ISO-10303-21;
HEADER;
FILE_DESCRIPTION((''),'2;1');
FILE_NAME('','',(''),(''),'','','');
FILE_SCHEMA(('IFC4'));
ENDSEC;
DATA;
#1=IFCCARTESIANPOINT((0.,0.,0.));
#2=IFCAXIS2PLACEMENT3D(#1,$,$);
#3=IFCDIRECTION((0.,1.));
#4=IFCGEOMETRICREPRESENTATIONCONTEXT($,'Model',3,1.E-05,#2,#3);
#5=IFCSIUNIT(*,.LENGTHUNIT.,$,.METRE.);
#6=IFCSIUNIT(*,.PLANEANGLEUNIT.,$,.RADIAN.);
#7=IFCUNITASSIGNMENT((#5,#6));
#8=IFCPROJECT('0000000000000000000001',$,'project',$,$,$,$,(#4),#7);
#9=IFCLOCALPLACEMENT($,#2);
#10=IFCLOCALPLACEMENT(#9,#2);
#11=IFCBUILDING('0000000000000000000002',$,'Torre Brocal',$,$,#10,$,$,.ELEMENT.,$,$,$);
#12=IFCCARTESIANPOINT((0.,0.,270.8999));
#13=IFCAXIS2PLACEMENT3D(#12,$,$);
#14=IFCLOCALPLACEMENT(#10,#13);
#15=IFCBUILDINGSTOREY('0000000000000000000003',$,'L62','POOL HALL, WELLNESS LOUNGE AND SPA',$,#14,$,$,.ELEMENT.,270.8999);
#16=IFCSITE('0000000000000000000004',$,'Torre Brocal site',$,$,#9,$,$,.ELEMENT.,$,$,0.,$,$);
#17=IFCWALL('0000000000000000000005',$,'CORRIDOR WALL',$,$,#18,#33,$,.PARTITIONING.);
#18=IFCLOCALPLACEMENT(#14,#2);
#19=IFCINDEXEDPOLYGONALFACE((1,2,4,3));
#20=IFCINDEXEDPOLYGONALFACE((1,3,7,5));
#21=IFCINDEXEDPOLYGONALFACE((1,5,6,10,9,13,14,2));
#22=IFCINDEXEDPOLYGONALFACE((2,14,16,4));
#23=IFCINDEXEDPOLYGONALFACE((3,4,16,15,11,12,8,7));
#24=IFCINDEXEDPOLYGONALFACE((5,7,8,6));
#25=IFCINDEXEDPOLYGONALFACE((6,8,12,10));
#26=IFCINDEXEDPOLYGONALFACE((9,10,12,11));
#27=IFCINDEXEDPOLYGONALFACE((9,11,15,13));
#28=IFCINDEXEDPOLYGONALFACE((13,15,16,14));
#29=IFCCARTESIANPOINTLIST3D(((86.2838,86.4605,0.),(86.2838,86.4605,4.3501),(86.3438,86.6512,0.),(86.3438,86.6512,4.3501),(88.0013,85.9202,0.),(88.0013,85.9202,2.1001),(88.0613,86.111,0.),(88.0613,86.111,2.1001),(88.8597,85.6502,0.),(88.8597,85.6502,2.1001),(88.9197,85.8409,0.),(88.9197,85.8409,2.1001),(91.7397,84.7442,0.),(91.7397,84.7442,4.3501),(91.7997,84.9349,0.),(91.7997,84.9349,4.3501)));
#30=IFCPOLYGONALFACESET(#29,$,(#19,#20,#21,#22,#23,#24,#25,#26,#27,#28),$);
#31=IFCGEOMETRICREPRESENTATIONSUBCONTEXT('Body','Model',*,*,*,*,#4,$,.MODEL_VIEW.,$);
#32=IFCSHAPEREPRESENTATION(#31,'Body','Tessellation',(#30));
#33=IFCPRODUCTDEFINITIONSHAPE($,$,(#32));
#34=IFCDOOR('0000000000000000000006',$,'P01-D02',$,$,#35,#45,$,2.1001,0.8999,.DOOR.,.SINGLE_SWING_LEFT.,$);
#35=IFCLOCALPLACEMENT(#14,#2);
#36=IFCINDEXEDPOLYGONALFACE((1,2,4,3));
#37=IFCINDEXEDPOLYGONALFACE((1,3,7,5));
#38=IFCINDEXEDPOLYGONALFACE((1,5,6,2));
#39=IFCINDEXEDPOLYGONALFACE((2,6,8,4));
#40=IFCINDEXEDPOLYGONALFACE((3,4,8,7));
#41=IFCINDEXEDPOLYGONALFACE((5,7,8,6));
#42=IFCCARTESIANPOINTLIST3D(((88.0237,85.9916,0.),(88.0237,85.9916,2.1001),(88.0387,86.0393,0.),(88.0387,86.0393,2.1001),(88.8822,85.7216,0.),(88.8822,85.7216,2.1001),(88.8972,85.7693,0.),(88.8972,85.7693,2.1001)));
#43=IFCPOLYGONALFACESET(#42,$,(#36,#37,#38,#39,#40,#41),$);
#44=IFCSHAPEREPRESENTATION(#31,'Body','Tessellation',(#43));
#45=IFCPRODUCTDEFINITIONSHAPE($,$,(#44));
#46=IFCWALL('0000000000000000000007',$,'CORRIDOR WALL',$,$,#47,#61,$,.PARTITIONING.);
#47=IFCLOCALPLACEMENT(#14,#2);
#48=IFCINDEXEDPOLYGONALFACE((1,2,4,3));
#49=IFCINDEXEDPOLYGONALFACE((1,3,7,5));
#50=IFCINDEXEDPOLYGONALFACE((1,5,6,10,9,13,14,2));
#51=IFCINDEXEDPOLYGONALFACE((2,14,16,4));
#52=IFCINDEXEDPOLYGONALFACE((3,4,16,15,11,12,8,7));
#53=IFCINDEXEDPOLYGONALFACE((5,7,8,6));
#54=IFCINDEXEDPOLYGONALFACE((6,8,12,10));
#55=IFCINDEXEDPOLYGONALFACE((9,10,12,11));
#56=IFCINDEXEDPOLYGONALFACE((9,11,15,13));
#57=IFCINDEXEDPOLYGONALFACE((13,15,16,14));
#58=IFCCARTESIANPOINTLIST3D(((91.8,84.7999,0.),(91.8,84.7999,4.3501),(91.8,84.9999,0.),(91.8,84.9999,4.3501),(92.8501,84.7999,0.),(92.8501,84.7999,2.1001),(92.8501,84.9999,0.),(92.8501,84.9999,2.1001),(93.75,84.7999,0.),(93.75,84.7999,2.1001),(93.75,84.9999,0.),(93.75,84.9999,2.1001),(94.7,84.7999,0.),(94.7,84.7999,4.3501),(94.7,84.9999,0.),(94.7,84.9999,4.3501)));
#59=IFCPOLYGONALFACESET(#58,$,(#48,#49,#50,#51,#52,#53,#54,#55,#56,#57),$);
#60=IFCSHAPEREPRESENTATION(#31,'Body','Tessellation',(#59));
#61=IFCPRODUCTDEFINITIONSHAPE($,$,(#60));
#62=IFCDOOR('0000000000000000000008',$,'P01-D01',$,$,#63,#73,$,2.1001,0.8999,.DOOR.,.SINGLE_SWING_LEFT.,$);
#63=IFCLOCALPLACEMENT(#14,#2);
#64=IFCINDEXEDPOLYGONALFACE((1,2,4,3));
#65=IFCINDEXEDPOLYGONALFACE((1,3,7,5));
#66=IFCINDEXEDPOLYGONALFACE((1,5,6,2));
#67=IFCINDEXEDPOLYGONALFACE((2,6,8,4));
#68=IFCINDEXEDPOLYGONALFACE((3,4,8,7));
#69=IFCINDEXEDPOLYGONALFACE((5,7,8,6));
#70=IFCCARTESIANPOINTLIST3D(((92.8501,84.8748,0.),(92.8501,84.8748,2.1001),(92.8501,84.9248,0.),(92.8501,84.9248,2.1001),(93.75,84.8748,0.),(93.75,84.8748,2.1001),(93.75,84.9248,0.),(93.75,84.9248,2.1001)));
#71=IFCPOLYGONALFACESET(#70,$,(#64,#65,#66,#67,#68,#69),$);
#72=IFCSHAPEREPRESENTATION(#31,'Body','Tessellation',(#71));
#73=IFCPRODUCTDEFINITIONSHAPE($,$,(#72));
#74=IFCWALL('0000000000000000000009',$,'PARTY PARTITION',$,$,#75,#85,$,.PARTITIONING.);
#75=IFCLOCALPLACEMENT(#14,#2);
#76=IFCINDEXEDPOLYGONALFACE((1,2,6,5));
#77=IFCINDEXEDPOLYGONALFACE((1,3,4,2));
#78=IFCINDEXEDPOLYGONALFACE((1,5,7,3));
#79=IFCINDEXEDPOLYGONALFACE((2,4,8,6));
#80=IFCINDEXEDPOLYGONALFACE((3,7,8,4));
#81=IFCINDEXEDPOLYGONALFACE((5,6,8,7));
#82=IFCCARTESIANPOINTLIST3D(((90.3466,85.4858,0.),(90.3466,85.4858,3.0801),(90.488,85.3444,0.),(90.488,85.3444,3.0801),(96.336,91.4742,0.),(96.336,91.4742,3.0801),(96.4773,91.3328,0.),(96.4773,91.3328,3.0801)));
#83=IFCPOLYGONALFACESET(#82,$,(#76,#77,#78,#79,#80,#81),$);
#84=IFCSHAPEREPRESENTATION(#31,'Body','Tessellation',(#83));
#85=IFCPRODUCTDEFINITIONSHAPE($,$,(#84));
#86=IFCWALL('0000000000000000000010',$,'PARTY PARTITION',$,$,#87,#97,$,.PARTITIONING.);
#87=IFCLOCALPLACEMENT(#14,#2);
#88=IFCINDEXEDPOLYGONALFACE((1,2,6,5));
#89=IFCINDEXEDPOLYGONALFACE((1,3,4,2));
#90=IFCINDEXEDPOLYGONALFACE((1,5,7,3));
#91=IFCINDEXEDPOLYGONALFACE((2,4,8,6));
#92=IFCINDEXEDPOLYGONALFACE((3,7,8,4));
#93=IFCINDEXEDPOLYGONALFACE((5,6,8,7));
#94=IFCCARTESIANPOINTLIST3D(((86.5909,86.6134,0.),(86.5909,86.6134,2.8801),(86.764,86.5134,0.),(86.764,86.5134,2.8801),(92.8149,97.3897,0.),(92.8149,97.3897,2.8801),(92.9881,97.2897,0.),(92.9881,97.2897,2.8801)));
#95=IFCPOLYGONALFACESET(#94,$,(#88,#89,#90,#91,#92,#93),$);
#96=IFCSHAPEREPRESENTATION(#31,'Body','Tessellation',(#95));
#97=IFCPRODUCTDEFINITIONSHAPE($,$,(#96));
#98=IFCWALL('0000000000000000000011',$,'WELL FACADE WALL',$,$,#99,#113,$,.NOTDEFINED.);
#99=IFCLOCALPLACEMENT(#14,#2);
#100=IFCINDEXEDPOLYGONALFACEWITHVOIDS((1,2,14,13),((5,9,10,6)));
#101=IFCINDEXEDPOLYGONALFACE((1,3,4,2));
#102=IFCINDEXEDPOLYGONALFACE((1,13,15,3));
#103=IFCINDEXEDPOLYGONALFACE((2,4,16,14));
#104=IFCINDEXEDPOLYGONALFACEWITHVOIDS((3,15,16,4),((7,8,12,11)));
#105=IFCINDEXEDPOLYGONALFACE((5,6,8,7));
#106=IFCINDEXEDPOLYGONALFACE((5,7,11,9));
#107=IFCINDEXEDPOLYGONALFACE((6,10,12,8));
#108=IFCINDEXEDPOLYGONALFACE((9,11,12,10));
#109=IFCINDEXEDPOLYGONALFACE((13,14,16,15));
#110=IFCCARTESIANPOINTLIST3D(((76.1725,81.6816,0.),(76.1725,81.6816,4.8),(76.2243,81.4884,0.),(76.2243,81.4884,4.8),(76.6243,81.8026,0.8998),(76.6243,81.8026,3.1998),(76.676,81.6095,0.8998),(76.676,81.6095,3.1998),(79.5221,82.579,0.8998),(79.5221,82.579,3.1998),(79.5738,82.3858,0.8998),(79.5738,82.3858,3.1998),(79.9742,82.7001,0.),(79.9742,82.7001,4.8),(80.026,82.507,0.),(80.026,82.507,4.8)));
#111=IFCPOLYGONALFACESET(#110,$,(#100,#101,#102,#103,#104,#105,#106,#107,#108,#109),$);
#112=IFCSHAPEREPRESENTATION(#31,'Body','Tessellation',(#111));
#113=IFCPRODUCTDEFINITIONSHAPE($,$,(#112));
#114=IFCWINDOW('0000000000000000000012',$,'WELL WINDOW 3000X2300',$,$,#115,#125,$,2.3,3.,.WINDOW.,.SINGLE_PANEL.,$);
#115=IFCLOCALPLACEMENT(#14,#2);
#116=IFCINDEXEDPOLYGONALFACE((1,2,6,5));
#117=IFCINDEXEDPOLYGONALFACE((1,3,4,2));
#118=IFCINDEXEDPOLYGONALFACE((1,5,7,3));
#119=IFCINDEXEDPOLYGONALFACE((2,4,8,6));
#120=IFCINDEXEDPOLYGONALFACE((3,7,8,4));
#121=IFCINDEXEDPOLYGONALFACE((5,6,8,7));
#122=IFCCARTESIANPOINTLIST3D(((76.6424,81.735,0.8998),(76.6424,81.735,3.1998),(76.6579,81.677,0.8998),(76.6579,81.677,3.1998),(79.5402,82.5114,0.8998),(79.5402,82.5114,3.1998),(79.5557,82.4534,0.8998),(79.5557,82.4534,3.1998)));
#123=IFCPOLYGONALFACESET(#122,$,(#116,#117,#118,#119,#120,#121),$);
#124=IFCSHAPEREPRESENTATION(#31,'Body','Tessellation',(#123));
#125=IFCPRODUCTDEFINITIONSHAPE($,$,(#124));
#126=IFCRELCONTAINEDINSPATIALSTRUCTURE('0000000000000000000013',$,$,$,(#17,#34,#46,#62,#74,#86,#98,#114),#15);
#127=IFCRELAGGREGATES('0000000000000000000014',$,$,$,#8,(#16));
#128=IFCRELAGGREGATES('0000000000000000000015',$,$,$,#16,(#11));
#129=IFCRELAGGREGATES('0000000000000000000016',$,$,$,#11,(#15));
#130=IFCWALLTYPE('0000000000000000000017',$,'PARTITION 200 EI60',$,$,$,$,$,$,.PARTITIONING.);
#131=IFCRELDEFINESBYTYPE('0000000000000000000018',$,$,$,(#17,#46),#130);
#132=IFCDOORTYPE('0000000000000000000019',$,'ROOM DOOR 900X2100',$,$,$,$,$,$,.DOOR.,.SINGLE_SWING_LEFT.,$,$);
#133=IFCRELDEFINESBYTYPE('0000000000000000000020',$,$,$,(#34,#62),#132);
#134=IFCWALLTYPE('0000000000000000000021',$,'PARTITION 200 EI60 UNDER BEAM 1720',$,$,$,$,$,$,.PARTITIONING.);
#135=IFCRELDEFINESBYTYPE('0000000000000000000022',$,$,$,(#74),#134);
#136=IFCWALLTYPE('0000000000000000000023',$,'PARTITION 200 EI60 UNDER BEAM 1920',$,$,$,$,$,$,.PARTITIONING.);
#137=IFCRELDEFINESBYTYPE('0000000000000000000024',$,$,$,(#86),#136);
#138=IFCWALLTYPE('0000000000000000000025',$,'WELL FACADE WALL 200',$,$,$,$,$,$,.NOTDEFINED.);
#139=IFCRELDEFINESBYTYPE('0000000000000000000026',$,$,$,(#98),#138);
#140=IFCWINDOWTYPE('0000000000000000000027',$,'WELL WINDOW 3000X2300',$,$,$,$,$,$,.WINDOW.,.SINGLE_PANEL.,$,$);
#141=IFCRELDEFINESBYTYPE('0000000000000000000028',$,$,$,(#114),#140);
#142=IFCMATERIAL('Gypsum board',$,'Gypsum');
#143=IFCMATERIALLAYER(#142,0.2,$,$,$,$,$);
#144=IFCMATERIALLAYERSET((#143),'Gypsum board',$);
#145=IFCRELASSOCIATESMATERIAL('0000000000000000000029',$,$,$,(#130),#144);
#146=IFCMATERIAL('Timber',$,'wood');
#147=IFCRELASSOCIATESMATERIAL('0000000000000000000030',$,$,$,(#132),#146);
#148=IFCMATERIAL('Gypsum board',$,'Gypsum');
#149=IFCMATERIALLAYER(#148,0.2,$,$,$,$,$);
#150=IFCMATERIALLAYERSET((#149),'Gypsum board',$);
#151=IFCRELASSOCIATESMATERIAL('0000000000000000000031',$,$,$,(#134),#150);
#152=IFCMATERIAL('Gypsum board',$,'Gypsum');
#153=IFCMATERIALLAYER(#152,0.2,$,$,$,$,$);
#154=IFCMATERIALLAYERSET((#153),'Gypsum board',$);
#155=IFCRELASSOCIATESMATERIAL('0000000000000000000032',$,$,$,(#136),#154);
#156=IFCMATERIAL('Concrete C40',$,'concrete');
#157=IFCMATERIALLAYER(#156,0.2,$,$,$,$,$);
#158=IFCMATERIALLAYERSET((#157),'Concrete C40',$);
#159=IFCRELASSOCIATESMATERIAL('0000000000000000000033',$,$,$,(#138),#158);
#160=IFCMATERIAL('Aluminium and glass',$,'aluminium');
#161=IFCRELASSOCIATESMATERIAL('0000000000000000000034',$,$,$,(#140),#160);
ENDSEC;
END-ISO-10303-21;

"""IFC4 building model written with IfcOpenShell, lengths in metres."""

from ifc_helpers import new_model, si_unit, direction, frame, frame_2d, origin, place, context, subcontext, project, spatial, rectangle, extrude, material, layer, layer_set, type_object, element, fill, save


model = new_model("IFC4")

# Units and contexts
model_context = context("Model", 3, precision=1e-05, world=origin(), true_north=direction((0.0, 1.0)))
body_context = subcontext(model_context, "Body", "Model", "MODEL_VIEW")
ifc_project = project(units=[si_unit("LENGTHUNIT", "METRE"), si_unit("PLANEANGLEUNIT", "RADIAN")], contexts=[model_context])

# Site, building, storey
site_placement = place(None, origin())
site = spatial("IfcSite", under=ifc_project, at=site_placement, Name="Torre Brocal site", CompositionType="ELEMENT", RefElevation=0.0)
building_placement = place(site_placement, origin())
building = spatial("IfcBuilding", under=site, at=building_placement, Name="Torre Brocal", CompositionType="ELEMENT")
storey_placement = place(building_placement, frame((0.0, 0.0, 270.8999)))
storey = spatial("IfcBuildingStorey", under=building, at=storey_placement, Name="L62", Description="POOL HALL, WELLNESS LOUNGE AND SPA", CompositionType="ELEMENT", Elevation=270.8999)

# Shared definitions
ifc_material_1 = material(Name="Gypsum board", Category="Gypsum")
ifc_layer_1 = layer(ifc_material_1, 0.2)
ifc_layer_set_1 = layer_set([ifc_layer_1], Name="Gypsum board")
wall_type_1 = type_object("IfcWallType", Name="PARTITION 200 EI60", PredefinedType="PARTITIONING", material=ifc_layer_set_1)

# Walls, openings, doors
ifc_material_2 = material(Name="Timber", Category="wood")
door_type_1 = type_object("IfcDoorType", Name="ROOM DOOR 900X2100", OperationType="SINGLE_SWING_LEFT", PredefinedType="DOOR", material=ifc_material_2)
wall_1_placement = place(storey_placement, frame((86.3137, 86.5559, 0.0), z_axis=(0.0, 0.0, 1.0), x_axis=(0.953912, -0.300085, 0.0)))
wall_1 = element("IfcWall", 1, at=wall_1_placement, inside=storey, type_object=wall_type_1, Name="CORRIDOR WALL", PredefinedType="PARTITIONING", context=body_context, shape_type="SweptSolid", body=[
    extrude(rectangle(XDim=5.7195, YDim=0.2, at=frame_2d((2.8599, 0.0))), origin(), (0.0, 0.0, 1.0), 4.3501),
])
opening_1_placement = place(wall_1_placement, frame((1.8005, 0.0, 0.0)))
opening_1 = element("IfcOpeningElement", 2, at=opening_1_placement, cuts=wall_1, PredefinedType="OPENING", context=body_context, shape_type="SweptSolid", body=[
    extrude(rectangle(XDim=0.8999, YDim=2.1001, at=frame_2d((0.45, 1.05))), frame((0.0, 0.1099, 0.0), z_axis=(0.0, -1.0, 0.0), x_axis=(1.0, 0.0, 0.0)), (0.0, 0.0, 1.0), 0.22),
])
door_1_placement = place(opening_1_placement, origin())
door_1 = element("IfcDoor", 3, at=door_1_placement, inside=storey, type_object=door_type_1, Name="P01-D02", OperationType="SINGLE_SWING_LEFT", OverallHeight=2.1001, OverallWidth=0.8999, PredefinedType="DOOR", context=body_context, shape_type="SweptSolid", body=[
    extrude(rectangle(XDim=0.8999, YDim=2.1001, at=frame_2d((0.45, 1.05))), frame((0.0, 0.0249, 0.0), z_axis=(0.0, -1.0, 0.0), x_axis=(1.0, 0.0, 0.0)), (0.0, 0.0, 1.0), 0.05),
])
fill(opening_1, door_1)
wall_2_placement = place(storey_placement, frame((91.8, 84.8999, 0.0), z_axis=(0.0, 0.0, 1.0), x_axis=(1.0, 0.0, 0.0)))
wall_2 = element("IfcWall", 4, at=wall_2_placement, inside=storey, type_object=wall_type_1, Name="CORRIDOR WALL", PredefinedType="PARTITIONING", context=body_context, shape_type="SweptSolid", body=[
    extrude(rectangle(XDim=2.8999, YDim=0.2, at=frame_2d((1.45, 0.0))), origin(), (0.0, 0.0, 1.0), 4.3501),
])
opening_2_placement = place(wall_2_placement, frame((1.05, 0.0, 0.0)))
opening_2 = element("IfcOpeningElement", 5, at=opening_2_placement, cuts=wall_2, PredefinedType="OPENING", context=body_context, shape_type="SweptSolid", body=[
    extrude(rectangle(XDim=0.8999, YDim=2.1001, at=frame_2d((0.45, 1.05))), frame((0.0, 0.1099, 0.0), z_axis=(0.0, -1.0, 0.0), x_axis=(1.0, 0.0, 0.0)), (0.0, 0.0, 1.0), 0.22),
])
door_2_placement = place(opening_2_placement, origin())
door_2 = element("IfcDoor", 6, at=door_2_placement, inside=storey, type_object=door_type_1, Name="P01-D01", OperationType="SINGLE_SWING_LEFT", OverallHeight=2.1001, OverallWidth=0.8999, PredefinedType="DOOR", context=body_context, shape_type="SweptSolid", body=[
    extrude(rectangle(XDim=0.8999, YDim=2.1001, at=frame_2d((0.45, 1.05))), frame((0.0, 0.0249, 0.0), z_axis=(0.0, -1.0, 0.0), x_axis=(1.0, 0.0, 0.0)), (0.0, 0.0, 1.0), 0.05),
])
fill(opening_2, door_2)

# Walls
ifc_material_3 = material(Name="Gypsum board", Category="Gypsum")
ifc_layer_2 = layer(ifc_material_3, 0.2)
ifc_layer_set_2 = layer_set([ifc_layer_2], Name="Gypsum board")
wall_type_2 = type_object("IfcWallType", Name="PARTITION 200 EI60 UNDER BEAM 1720", PredefinedType="PARTITIONING", material=ifc_layer_set_2)
wall_3_placement = place(storey_placement, frame((90.4172, 85.415, 0.0), z_axis=(0.0, 0.0, 1.0), x_axis=(0.707164, 0.707049, 0.0)))
element("IfcWall", 7, at=wall_3_placement, inside=storey, type_object=wall_type_2, Name="PARTY PARTITION", PredefinedType="PARTITIONING", context=body_context, shape_type="SweptSolid", body=[
    extrude(rectangle(XDim=8.4695, YDim=0.2, at=frame_2d((4.2349, 0.0))), origin(), (0.0, 0.0, 1.0), 3.0801),
])
ifc_material_4 = material(Name="Gypsum board", Category="Gypsum")
ifc_layer_3 = layer(ifc_material_4, 0.2)
ifc_layer_set_3 = layer_set([ifc_layer_3], Name="Gypsum board")
wall_type_3 = type_object("IfcWallType", Name="PARTITION 200 EI60 UNDER BEAM 1920", PredefinedType="PARTITIONING", material=ifc_layer_set_3)
wall_4_placement = place(storey_placement, frame((86.6775, 86.5635, 0.0), z_axis=(0.0, 0.0, 1.0), x_axis=(0.500144, 0.865942, 0.0)))
element("IfcWall", 8, at=wall_4_placement, inside=storey, type_object=wall_type_3, Name="PARTY PARTITION", PredefinedType="PARTITIONING", context=body_context, shape_type="SweptSolid", body=[
    extrude(rectangle(XDim=12.4446, YDim=0.2, at=frame_2d((6.2222, 0.0))), origin(), (0.0, 0.0, 1.0), 2.8801),
])

# Wall, opening, window
ifc_material_5 = material(Name="Concrete C40", Category="concrete")
ifc_layer_4 = layer(ifc_material_5, 0.2)
ifc_layer_set_4 = layer_set([ifc_layer_4], Name="Concrete C40")
wall_type_4 = type_object("IfcWallType", Name="WELL FACADE WALL 200", PredefinedType="NOTDEFINED", material=ifc_layer_set_4)
wall_5_placement = place(storey_placement, frame((80.0, 82.6035, 0.0), z_axis=(0.0, 0.0, 1.0), x_axis=(-0.965934, -0.25879, 0.0)))
wall_5 = element("IfcWall", 9, at=wall_5_placement, inside=storey, type_object=wall_type_4, Name="WELL FACADE WALL", PredefinedType="NOTDEFINED", context=body_context, shape_type="SweptSolid", body=[
    extrude(rectangle(XDim=3.9358, YDim=0.2, at=frame_2d((1.9678, 0.0))), origin(), (0.0, 0.0, 1.0), 4.8),
])
opening_3_placement = place(wall_5_placement, frame((0.468, 0.0, 0.8999)))
opening_3 = element("IfcOpeningElement", 10, at=opening_3_placement, cuts=wall_5, PredefinedType="OPENING", context=body_context, shape_type="SweptSolid", body=[
    extrude(rectangle(XDim=3.0, YDim=2.3, at=frame_2d((1.5, 1.1499))), frame((0.0, 0.1099, 0.0), z_axis=(0.0, -1.0, 0.0), x_axis=(1.0, 0.0, 0.0)), (0.0, 0.0, 1.0), 0.22),
])
ifc_material_6 = material(Name="Aluminium and glass", Category="aluminium")
window_type = type_object("IfcWindowType", Name="WELL WINDOW 3000X2300", PartitioningType="SINGLE_PANEL", PredefinedType="WINDOW", material=ifc_material_6)
window_placement = place(opening_3_placement, origin())
window = element("IfcWindow", 11, at=window_placement, inside=storey, type_object=window_type, Name="WELL WINDOW 3000X2300", OverallHeight=2.3, OverallWidth=3.0, PartitioningType="SINGLE_PANEL", PredefinedType="WINDOW", context=body_context, shape_type="SweptSolid", body=[
    extrude(rectangle(XDim=3.0, YDim=2.3, at=frame_2d((1.5, 1.1499))), frame((0.0, 0.03, 0.0), z_axis=(0.0, -1.0, 0.0), x_axis=(1.0, 0.0, 0.0)), (0.0, 0.0, 1.0), 0.0601),
])
fill(opening_3, window)

save(model, "model.ifc")
